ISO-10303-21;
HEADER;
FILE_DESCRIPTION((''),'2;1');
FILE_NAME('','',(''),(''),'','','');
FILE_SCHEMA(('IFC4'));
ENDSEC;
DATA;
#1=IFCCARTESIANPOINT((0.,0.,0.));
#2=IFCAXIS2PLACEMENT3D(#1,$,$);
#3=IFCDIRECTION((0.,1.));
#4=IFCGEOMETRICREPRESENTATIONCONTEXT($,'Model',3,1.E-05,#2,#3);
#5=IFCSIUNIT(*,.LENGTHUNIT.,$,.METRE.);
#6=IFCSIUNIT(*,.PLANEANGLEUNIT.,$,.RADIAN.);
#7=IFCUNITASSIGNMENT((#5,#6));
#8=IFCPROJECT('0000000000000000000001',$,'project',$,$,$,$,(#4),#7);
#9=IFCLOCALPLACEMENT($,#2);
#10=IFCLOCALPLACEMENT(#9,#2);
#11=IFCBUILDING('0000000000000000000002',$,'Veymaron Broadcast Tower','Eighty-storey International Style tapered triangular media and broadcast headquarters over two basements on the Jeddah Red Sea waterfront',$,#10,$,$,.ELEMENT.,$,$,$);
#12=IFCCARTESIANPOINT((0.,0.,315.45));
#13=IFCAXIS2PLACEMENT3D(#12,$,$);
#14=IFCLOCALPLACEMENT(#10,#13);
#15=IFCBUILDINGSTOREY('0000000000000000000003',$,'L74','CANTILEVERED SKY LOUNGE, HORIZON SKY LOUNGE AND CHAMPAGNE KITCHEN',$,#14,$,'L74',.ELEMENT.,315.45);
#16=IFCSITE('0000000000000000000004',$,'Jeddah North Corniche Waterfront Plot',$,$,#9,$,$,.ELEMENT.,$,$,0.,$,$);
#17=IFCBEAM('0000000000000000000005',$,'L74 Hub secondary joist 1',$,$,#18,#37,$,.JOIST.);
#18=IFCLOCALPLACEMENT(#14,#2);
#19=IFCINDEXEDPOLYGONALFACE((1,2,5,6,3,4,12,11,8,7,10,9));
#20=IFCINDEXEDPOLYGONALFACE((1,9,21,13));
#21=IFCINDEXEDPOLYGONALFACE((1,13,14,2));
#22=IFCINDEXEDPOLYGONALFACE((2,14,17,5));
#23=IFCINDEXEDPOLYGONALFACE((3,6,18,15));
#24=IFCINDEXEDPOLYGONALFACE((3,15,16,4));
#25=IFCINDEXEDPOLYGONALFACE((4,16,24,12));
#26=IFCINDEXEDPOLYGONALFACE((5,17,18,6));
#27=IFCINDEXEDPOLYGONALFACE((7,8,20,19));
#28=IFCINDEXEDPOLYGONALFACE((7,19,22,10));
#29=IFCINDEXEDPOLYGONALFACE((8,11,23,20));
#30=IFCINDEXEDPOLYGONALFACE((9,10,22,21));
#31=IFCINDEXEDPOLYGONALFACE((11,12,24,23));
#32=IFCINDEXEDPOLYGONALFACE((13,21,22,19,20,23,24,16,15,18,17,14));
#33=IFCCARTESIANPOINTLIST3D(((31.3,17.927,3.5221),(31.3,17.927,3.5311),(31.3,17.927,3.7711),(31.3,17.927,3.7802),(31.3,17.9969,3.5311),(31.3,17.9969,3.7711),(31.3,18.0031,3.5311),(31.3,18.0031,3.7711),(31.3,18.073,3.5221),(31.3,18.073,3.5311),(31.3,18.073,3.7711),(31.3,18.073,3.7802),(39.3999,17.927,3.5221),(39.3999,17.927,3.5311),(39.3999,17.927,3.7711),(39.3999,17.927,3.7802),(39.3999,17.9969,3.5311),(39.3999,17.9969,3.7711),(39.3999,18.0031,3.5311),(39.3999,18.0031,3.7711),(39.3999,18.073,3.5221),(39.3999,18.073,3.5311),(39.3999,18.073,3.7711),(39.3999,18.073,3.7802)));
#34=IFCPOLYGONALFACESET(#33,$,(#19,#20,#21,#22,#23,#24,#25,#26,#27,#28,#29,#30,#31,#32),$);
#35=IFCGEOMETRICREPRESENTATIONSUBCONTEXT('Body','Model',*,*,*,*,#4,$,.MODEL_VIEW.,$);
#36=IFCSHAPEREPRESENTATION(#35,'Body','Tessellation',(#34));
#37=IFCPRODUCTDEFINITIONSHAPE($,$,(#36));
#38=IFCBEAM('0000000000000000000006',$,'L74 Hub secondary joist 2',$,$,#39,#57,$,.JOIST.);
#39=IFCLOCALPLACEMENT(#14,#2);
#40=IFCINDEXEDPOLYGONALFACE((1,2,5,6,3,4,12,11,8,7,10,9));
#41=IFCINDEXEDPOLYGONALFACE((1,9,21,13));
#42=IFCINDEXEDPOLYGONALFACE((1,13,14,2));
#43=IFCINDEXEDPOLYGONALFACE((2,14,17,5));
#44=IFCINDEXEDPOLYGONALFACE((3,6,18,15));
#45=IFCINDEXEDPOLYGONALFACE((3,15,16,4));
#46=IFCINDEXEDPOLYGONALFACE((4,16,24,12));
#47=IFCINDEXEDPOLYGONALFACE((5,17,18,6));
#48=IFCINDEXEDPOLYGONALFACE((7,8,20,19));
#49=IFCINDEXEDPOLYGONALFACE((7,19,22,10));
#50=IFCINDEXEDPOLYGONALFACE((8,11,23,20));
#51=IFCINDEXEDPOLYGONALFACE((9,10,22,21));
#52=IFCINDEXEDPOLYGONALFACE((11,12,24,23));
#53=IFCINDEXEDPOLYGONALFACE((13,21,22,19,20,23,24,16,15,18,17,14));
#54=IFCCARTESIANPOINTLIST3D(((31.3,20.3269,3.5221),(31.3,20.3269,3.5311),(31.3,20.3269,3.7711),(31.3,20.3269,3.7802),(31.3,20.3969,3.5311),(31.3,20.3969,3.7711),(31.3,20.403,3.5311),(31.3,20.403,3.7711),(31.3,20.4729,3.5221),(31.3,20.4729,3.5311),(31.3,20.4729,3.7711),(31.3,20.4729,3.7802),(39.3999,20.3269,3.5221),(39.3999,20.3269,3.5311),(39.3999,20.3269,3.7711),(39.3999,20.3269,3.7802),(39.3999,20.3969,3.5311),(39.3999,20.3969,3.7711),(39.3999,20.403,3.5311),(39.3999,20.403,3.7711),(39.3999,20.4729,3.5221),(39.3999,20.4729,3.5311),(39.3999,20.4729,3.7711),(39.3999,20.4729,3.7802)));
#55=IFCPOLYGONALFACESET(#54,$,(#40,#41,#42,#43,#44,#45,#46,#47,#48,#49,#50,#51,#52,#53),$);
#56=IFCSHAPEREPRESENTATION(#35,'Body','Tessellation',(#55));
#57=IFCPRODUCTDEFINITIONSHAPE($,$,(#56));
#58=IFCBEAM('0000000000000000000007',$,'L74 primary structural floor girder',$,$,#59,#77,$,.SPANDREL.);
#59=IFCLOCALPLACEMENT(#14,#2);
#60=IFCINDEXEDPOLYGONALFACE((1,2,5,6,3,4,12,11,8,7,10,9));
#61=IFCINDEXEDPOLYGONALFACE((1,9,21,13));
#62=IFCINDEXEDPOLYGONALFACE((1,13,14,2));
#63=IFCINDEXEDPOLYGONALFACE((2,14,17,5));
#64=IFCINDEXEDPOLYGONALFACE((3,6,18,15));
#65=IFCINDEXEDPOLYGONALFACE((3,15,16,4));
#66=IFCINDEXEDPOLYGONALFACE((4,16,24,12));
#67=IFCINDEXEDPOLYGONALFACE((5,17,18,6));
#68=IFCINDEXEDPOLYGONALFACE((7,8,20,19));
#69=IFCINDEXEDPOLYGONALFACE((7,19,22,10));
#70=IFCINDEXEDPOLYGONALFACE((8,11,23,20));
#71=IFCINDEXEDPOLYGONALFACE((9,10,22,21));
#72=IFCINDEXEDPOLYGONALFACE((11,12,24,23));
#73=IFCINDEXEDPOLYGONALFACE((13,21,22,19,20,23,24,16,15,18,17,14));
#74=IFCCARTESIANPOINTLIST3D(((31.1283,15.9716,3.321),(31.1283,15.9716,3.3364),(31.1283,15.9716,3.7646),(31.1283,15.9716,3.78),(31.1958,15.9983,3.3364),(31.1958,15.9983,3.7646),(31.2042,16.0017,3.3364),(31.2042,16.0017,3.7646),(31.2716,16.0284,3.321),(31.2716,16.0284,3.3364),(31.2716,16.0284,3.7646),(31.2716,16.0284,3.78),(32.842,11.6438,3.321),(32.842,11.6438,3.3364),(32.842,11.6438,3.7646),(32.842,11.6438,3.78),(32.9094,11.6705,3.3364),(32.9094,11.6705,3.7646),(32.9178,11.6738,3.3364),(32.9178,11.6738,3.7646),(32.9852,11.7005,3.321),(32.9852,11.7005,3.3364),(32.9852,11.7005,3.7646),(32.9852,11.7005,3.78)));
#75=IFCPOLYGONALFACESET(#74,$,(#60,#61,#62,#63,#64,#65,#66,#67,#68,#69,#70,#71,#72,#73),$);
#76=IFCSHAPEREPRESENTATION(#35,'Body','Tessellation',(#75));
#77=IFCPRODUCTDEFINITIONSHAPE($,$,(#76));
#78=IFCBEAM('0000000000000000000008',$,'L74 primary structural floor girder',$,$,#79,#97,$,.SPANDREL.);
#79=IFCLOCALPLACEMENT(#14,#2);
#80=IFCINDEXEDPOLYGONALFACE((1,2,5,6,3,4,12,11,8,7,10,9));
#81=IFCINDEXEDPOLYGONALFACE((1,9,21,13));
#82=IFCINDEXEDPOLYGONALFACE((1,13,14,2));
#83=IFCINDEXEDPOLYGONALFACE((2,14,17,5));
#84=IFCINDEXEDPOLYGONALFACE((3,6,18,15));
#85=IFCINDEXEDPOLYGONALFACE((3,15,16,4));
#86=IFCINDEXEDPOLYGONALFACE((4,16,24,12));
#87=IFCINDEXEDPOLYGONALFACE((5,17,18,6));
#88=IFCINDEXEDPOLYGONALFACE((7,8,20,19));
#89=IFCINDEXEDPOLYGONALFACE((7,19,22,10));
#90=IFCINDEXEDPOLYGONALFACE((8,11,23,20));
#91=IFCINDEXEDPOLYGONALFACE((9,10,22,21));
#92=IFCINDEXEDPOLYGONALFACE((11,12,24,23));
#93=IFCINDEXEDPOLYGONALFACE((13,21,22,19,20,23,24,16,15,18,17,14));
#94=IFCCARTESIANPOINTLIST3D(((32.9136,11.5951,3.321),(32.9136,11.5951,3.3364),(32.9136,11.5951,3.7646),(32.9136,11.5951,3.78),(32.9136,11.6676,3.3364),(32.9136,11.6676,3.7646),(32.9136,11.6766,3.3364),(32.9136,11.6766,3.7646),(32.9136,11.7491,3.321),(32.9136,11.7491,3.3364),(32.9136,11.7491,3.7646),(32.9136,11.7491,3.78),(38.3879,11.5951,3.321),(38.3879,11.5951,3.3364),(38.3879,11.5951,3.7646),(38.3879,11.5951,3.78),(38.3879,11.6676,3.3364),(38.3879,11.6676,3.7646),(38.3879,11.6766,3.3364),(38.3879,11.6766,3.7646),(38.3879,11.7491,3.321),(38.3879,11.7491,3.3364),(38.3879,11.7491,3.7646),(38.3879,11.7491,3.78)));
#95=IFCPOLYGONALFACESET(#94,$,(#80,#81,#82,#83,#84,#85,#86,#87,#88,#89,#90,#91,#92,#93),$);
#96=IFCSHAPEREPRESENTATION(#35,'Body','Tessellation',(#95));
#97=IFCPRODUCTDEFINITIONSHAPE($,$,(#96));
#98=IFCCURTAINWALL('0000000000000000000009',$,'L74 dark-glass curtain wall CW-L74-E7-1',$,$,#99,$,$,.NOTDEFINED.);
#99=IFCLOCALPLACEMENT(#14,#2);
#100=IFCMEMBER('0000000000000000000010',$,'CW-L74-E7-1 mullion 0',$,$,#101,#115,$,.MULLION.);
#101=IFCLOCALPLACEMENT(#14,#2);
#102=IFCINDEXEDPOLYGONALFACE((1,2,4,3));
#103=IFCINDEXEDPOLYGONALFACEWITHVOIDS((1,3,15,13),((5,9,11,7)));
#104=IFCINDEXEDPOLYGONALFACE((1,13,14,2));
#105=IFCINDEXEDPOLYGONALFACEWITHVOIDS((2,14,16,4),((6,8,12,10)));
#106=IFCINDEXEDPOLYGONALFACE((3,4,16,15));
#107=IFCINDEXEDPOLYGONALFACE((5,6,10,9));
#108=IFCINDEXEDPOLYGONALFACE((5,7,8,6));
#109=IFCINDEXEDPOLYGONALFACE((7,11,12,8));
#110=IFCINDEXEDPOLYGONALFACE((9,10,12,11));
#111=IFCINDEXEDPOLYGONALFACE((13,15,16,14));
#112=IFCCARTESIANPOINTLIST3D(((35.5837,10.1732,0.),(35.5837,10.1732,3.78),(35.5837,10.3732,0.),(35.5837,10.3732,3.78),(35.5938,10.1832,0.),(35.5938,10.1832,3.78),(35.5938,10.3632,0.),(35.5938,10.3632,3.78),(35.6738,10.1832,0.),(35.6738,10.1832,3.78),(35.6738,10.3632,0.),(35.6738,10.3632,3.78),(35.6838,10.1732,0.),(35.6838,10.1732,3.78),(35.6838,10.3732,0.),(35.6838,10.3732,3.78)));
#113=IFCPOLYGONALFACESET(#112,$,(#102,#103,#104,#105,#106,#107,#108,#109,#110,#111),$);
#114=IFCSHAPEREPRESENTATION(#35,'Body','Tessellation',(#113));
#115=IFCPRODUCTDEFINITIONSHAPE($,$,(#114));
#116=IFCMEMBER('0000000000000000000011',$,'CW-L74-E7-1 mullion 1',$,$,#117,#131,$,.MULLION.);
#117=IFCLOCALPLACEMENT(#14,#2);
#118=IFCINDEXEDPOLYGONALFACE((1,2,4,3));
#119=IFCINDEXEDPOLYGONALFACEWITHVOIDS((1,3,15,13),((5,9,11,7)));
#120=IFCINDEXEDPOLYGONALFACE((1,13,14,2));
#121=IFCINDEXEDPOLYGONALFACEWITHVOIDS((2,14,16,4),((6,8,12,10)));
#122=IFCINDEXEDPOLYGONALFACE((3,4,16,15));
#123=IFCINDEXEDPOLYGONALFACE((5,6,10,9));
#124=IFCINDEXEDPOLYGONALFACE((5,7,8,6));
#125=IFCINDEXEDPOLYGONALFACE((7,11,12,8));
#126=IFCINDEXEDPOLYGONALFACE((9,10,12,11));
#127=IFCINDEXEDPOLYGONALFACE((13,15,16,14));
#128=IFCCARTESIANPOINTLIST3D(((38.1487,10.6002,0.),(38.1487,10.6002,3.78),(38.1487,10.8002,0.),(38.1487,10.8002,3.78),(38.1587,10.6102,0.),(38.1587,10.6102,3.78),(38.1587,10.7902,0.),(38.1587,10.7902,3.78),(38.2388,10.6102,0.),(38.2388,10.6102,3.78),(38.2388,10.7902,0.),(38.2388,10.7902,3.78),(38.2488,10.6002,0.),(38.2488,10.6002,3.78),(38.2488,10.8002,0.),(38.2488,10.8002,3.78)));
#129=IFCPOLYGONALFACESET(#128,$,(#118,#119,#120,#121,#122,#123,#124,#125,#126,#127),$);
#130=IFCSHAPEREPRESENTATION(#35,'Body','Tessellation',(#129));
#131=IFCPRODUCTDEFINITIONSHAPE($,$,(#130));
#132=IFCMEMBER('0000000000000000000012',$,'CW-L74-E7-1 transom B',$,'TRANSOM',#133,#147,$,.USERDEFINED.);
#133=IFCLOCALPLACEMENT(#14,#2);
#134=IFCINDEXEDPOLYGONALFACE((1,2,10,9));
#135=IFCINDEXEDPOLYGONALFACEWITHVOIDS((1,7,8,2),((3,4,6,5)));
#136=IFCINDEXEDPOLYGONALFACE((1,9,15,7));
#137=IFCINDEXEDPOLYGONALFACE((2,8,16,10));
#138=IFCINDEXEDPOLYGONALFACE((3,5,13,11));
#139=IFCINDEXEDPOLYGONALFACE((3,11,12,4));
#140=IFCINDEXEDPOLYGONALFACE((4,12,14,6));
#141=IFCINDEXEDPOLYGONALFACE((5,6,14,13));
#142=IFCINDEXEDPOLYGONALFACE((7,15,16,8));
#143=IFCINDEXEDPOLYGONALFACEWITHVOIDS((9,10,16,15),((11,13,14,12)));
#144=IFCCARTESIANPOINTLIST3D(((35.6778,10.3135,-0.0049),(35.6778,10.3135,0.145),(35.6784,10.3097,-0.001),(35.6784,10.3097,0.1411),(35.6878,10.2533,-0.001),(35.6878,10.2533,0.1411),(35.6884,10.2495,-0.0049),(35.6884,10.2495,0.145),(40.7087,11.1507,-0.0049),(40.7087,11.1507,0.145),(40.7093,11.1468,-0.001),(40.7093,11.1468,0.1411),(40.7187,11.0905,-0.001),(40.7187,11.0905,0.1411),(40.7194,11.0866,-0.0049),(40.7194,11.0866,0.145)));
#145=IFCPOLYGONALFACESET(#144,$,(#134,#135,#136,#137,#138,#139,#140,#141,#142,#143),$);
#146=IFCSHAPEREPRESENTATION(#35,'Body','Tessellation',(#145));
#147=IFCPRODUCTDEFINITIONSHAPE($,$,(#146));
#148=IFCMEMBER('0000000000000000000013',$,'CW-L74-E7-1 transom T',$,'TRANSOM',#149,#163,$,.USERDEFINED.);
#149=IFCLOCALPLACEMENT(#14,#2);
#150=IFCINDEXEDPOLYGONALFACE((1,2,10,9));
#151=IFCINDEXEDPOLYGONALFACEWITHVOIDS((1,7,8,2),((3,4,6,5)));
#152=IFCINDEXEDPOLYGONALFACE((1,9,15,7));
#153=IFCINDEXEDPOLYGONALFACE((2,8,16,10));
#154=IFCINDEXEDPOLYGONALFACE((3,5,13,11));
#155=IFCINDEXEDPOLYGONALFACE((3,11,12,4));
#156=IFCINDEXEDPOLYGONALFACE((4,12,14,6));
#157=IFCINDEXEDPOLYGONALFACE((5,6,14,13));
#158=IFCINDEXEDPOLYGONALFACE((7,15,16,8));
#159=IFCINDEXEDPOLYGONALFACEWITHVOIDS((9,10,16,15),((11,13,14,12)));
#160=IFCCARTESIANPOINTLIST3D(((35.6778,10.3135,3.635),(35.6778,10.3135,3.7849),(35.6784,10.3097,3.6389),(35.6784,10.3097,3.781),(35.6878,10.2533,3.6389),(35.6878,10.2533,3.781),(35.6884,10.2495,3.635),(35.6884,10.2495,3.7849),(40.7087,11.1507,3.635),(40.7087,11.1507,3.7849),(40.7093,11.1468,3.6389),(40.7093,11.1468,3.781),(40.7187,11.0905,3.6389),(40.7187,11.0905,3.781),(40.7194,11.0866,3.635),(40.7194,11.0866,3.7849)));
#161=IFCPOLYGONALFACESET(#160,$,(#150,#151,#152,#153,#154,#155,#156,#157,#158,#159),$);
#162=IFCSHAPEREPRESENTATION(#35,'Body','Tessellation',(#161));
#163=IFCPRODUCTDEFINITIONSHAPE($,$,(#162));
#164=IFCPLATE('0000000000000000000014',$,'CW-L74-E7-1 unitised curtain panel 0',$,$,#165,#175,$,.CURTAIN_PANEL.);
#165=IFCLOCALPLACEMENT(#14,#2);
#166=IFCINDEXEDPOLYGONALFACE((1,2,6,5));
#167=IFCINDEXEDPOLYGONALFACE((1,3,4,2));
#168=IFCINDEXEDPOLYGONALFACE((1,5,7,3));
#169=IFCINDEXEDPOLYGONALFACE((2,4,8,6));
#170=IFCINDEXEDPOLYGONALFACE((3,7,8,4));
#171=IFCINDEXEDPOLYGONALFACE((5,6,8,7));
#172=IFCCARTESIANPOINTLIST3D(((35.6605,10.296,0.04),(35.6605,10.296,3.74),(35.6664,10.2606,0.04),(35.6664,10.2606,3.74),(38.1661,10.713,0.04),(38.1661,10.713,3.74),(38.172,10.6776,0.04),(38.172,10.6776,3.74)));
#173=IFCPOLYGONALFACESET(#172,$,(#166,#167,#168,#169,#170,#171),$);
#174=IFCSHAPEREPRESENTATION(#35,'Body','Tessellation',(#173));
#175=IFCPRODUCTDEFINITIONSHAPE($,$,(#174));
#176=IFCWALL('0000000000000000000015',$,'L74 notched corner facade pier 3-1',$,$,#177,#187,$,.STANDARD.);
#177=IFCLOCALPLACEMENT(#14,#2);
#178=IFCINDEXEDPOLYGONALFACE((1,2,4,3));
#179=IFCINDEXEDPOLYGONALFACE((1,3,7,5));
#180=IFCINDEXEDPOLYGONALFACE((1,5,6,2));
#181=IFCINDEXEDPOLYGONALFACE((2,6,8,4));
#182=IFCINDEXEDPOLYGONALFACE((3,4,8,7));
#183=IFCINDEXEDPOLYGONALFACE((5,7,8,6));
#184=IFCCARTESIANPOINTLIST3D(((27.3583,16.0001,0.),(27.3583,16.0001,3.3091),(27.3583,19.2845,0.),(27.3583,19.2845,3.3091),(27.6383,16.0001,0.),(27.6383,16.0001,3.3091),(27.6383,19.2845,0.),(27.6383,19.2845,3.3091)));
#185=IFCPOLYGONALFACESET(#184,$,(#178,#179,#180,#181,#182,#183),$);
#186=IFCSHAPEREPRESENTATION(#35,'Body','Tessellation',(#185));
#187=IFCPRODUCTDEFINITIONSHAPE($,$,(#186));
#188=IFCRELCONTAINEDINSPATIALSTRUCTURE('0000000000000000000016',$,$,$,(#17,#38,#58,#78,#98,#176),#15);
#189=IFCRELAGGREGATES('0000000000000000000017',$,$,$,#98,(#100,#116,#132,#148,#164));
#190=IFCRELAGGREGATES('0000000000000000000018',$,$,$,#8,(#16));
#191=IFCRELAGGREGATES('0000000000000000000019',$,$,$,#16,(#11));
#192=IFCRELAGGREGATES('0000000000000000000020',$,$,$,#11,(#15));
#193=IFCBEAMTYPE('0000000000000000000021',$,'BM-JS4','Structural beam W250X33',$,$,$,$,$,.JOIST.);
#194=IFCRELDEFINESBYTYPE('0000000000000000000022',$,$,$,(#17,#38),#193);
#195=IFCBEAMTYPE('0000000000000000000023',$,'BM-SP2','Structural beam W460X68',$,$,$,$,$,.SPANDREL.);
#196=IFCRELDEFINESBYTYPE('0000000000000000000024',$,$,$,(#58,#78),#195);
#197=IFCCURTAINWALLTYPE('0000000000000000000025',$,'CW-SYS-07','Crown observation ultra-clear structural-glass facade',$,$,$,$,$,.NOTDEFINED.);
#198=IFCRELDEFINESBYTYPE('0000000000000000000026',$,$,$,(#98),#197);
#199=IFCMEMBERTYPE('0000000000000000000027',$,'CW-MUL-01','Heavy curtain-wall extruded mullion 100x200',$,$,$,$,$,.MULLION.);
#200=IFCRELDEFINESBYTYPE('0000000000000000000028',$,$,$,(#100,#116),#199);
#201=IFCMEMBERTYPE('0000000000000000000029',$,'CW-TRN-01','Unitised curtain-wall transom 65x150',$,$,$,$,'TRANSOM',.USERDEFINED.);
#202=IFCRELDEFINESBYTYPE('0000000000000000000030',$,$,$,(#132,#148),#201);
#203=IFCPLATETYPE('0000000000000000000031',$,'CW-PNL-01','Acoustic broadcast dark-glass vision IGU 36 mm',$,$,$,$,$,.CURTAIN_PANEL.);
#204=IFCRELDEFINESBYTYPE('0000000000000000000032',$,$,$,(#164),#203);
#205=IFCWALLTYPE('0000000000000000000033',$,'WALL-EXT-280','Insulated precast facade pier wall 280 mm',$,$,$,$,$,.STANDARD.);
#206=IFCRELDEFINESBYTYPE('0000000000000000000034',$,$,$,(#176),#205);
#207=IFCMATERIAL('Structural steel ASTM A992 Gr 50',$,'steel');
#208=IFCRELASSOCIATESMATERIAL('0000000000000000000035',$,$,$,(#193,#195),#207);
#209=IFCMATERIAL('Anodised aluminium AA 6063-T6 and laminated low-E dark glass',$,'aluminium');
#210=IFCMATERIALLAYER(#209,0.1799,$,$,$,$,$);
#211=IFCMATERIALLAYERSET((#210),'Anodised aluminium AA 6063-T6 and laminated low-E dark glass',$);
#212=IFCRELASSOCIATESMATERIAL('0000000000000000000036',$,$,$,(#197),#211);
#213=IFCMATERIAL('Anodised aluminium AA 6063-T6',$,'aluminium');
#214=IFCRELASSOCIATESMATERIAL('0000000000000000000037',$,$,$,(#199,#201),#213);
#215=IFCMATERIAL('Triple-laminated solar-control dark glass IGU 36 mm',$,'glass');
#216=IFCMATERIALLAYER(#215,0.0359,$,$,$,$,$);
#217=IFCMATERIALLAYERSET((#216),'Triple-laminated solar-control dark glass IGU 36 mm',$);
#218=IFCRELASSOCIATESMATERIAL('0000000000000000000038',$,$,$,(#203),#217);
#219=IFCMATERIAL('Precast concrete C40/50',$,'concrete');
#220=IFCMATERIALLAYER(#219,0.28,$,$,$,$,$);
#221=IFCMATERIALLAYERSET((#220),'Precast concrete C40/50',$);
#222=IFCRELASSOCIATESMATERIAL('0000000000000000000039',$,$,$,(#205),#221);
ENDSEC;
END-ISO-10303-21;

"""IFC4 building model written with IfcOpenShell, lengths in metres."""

from ifc_helpers import new_model, si_unit, direction, frame, frame_2d, origin, origin_2d, place, context, subcontext, project, spatial, rectangle, hollow_rectangle, i_section, extrude, material, layer, layer_set, material_profile, profile_set, type_object, element, aggregate, save


model = new_model("IFC4")

# Units and contexts
model_context = context("Model", 3, precision=1e-05, world=origin(), true_north=direction((0.0, 1.0)))
body_context = subcontext(model_context, "Body", "Model", "MODEL_VIEW")
ifc_project = project(units=[si_unit("LENGTHUNIT", "METRE"), si_unit("PLANEANGLEUNIT", "RADIAN")], contexts=[model_context])

# Site, building, storey
site_placement = place(None, origin())
site = spatial("IfcSite", under=ifc_project, at=site_placement, Name="Jeddah North Corniche Waterfront Plot", CompositionType="ELEMENT", RefElevation=0.0)
building_placement = place(site_placement, origin())
building = spatial("IfcBuilding", under=site, at=building_placement, Name="Veymaron Broadcast Tower", Description="Eighty-storey International Style tapered triangular media and broadcast headquarters over two basements on the Jeddah Red Sea waterfront", CompositionType="ELEMENT")
storey_placement = place(building_placement, frame((0.0, 0.0, 315.45)))
storey = spatial("IfcBuildingStorey", under=building, at=storey_placement, Name="L74", Description="CANTILEVERED SKY LOUNGE, HORIZON SKY LOUNGE AND CHAMPAGNE KITCHEN", LongName="L74", CompositionType="ELEMENT", Elevation=315.45)

# Shared definitions
ifc_material_1 = material(Name="Structural steel ASTM A992 Gr 50", Category="steel")

# Beams
ifc_material_profile_1 = material_profile(ifc_material_1, i_section(OverallWidth=0.146, OverallDepth=0.2581, WebThickness=0.0061, FlangeThickness=0.009, at=origin_2d()), Name="W250X33")
ifc_profile_set_1 = profile_set([ifc_material_profile_1], Name="Structural steel ASTM A992 Gr 50")
beam_type_1 = type_object("IfcBeamType", Name="BM-JS4", Description="Structural beam W250X33", PredefinedType="JOIST", material=ifc_profile_set_1)
for number, where, z_axis, x_axis, name in (
    (1, (31.3, 18.0, 3.6511), (1.0, 0.0, 0.0), (0.0, 1.0, 0.0), "L74 Hub secondary joist 1"),
    (2, (31.3, 20.3999, 3.6511), (1.0, 0.0, 0.0), (0.0, 1.0, 0.0), "L74 Hub secondary joist 2"),
):
    element("IfcBeam", number, at=place(storey_placement, frame(where, z_axis=z_axis, x_axis=x_axis)), inside=storey, type_object=beam_type_1, Name=name, PredefinedType="JOIST", context=body_context, shape_type="SweptSolid", body=[
        extrude(i_section(OverallWidth=0.146, OverallDepth=0.2581, WebThickness=0.0061, FlangeThickness=0.009, at=origin_2d()), origin(), (0.0, 0.0, 1.0), 8.0999),
    ])
ifc_material_profile_2 = material_profile(ifc_material_1, i_section(OverallWidth=0.1541, OverallDepth=0.459, WebThickness=0.009, FlangeThickness=0.0154, at=origin_2d()), Name="W460X68")
ifc_profile_set_2 = profile_set([ifc_material_profile_2], Name="Structural steel ASTM A992 Gr 50")
beam_type_2 = type_object("IfcBeamType", Name="BM-SP2", Description="Structural beam W460X68", PredefinedType="SPANDREL", material=ifc_profile_set_2)
beam_1_placement = place(storey_placement, frame((31.2, 16.0, 3.5505), z_axis=(0.368142, -0.92977, 0.0), x_axis=(0.92977, 0.368142, 0.0)))
element("IfcBeam", 3, at=beam_1_placement, inside=storey, type_object=beam_type_2, Name="L74 primary structural floor girder", PredefinedType="SPANDREL", context=body_context, shape_type="SweptSolid", body=[
    extrude(i_section(OverallWidth=0.1541, OverallDepth=0.459, WebThickness=0.009, FlangeThickness=0.0154, at=origin_2d()), origin(), (0.0, 0.0, 1.0), 4.6548),
])
beam_2_placement = place(storey_placement, frame((32.9136, 11.6721, 3.5505), z_axis=(1.0, 0.0, 0.0), x_axis=(0.0, 1.0, 0.0)))
element("IfcBeam", 4, at=beam_2_placement, inside=storey, type_object=beam_type_2, Name="L74 primary structural floor girder", PredefinedType="SPANDREL", context=body_context, shape_type="SweptSolid", body=[
    extrude(i_section(OverallWidth=0.1541, OverallDepth=0.459, WebThickness=0.009, FlangeThickness=0.0154, at=origin_2d()), origin(), (0.0, 0.0, 1.0), 5.4744),
])

# Curtain wall, members, plate
ifc_material_2 = material(Name="Anodised aluminium AA 6063-T6 and laminated low-E dark glass", Category="aluminium")
ifc_layer_1 = layer(ifc_material_2, 0.1799)
ifc_layer_set_1 = layer_set([ifc_layer_1], Name="Anodised aluminium AA 6063-T6 and laminated low-E dark glass")
curtain_wall_type = type_object("IfcCurtainWallType", Name="CW-SYS-07", Description="Crown observation ultra-clear structural-glass facade", PredefinedType="NOTDEFINED", material=ifc_layer_set_1)
curtain_wall_placement = place(storey_placement, origin())
curtain_wall = element("IfcCurtainWall", 5, at=curtain_wall_placement, inside=storey, type_object=curtain_wall_type, Name="L74 dark-glass curtain wall CW-L74-E7-1", PredefinedType="NOTDEFINED")
ifc_material_3 = material(Name="Anodised aluminium AA 6063-T6", Category="aluminium")
ifc_material_profile_3 = material_profile(ifc_material_3, hollow_rectangle(XDim=0.1001, YDim=0.2, WallThickness=0.01, at=origin_2d()), Name="RHS200X100X10")
ifc_profile_set_3 = profile_set([ifc_material_profile_3], Name="Anodised aluminium AA 6063-T6")
member_type_1 = type_object("IfcMemberType", Name="CW-MUL-01", Description="Heavy curtain-wall extruded mullion 100x200", PredefinedType="MULLION", material=ifc_profile_set_3)
member_1_placement = place(storey_placement, frame((35.6338, 10.2732, 0.0), z_axis=(0.0, 0.0, 1.0), x_axis=(1.0, 0.0, 0.0)))
member_1 = element("IfcMember", 6, at=member_1_placement, type_object=member_type_1, Name="CW-L74-E7-1 mullion 0", PredefinedType="MULLION", context=body_context, shape_type="SweptSolid", body=[
    extrude(hollow_rectangle(XDim=0.1001, YDim=0.2, WallThickness=0.01, at=origin_2d()), origin(), (0.0, 0.0, 1.0), 3.78),
])
member_2_placement = place(storey_placement, frame((38.1987, 10.7002, 0.0), z_axis=(0.0, 0.0, 1.0), x_axis=(1.0, 0.0, 0.0)))
member_2 = element("IfcMember", 7, at=member_2_placement, type_object=member_type_1, Name="CW-L74-E7-1 mullion 1", PredefinedType="MULLION", context=body_context, shape_type="SweptSolid", body=[
    extrude(hollow_rectangle(XDim=0.1001, YDim=0.2, WallThickness=0.01, at=origin_2d()), origin(), (0.0, 0.0, 1.0), 3.78),
])
ifc_material_profile_4 = material_profile(ifc_material_3, hollow_rectangle(XDim=0.0649, YDim=0.1499, WallThickness=0.0039, at=origin_2d()), Name="AL150X65X4")
ifc_profile_set_4 = profile_set([ifc_material_profile_4], Name="Anodised aluminium AA 6063-T6")
member_type_2 = type_object("IfcMemberType", Name="CW-TRN-01", Description="Unitised curtain-wall transom 65x150", ElementType="TRANSOM", PredefinedType="USERDEFINED", material=ifc_profile_set_4)
member_3_placement = place(storey_placement, frame((35.6831, 10.2815, 0.0701), z_axis=(0.986437, 0.164143, 0.0), x_axis=(-0.164143, 0.986437, 0.0)))
member_3 = element("IfcMember", 8, at=member_3_placement, type_object=member_type_2, Name="CW-L74-E7-1 transom B", ObjectType="TRANSOM", PredefinedType="USERDEFINED", context=body_context, shape_type="SweptSolid", body=[
    extrude(hollow_rectangle(XDim=0.0649, YDim=0.1499, WallThickness=0.0039, at=origin_2d()), origin(), (0.0, 0.0, 1.0), 5.1001),
])
member_4_placement = place(storey_placement, frame((35.6831, 10.2815, 3.71), z_axis=(0.986437, 0.164143, 0.0), x_axis=(-0.164143, 0.986437, 0.0)))
member_4 = element("IfcMember", 9, at=member_4_placement, type_object=member_type_2, Name="CW-L74-E7-1 transom T", ObjectType="TRANSOM", PredefinedType="USERDEFINED", context=body_context, shape_type="SweptSolid", body=[
    extrude(hollow_rectangle(XDim=0.0649, YDim=0.1499, WallThickness=0.0039, at=origin_2d()), origin(), (0.0, 0.0, 1.0), 5.1001),
])
ifc_material_4 = material(Name="Triple-laminated solar-control dark glass IGU 36 mm", Category="glass")
ifc_layer_2 = layer(ifc_material_4, 0.0359)
ifc_layer_set_2 = layer_set([ifc_layer_2], Name="Triple-laminated solar-control dark glass IGU 36 mm")
plate_type = type_object("IfcPlateType", Name="CW-PNL-01", Description="Acoustic broadcast dark-glass vision IGU 36 mm", PredefinedType="CURTAIN_PANEL", material=ifc_layer_set_2)
plate_placement = place(storey_placement, frame((36.9163, 10.4868, 0.04), z_axis=(0.0, 0.0, 1.0), x_axis=(0.986435, 0.164152, 0.0)))
plate = element("IfcPlate", 10, at=plate_placement, type_object=plate_type, Name="CW-L74-E7-1 unitised curtain panel 0", PredefinedType="CURTAIN_PANEL", context=body_context, shape_type="SweptSolid", body=[
    extrude(rectangle(XDim=2.54, YDim=0.0359, at=origin_2d()), origin(), (0.0, 0.0, 1.0), 3.7),
])
aggregate(curtain_wall, [member_1, member_2, member_3, member_4, plate])

# Wall
ifc_material_5 = material(Name="Precast concrete C40/50", Category="concrete")
ifc_layer_3 = layer(ifc_material_5, 0.28)
ifc_layer_set_3 = layer_set([ifc_layer_3], Name="Precast concrete C40/50")
wall_type_1 = type_object("IfcWallType", Name="WALL-EXT-280", Description="Insulated precast facade pier wall 280 mm", PredefinedType="STANDARD", material=ifc_layer_set_3)
wall_1_placement = place(storey_placement, frame((27.4983, 19.2844, 0.0), z_axis=(0.0, 0.0, 1.0), x_axis=(0.0, -1.0, 0.0)))
element("IfcWall", 11, at=wall_1_placement, inside=storey, type_object=wall_type_1, Name="L74 notched corner facade pier 3-1", PredefinedType="STANDARD", context=body_context, shape_type="SweptSolid", body=[
    extrude(rectangle(XDim=3.2844, YDim=0.28, at=frame_2d((1.6421, 0.0))), origin(), (0.0, 0.0, 1.0), 3.3091),
])

save(model, "model.ifc")
